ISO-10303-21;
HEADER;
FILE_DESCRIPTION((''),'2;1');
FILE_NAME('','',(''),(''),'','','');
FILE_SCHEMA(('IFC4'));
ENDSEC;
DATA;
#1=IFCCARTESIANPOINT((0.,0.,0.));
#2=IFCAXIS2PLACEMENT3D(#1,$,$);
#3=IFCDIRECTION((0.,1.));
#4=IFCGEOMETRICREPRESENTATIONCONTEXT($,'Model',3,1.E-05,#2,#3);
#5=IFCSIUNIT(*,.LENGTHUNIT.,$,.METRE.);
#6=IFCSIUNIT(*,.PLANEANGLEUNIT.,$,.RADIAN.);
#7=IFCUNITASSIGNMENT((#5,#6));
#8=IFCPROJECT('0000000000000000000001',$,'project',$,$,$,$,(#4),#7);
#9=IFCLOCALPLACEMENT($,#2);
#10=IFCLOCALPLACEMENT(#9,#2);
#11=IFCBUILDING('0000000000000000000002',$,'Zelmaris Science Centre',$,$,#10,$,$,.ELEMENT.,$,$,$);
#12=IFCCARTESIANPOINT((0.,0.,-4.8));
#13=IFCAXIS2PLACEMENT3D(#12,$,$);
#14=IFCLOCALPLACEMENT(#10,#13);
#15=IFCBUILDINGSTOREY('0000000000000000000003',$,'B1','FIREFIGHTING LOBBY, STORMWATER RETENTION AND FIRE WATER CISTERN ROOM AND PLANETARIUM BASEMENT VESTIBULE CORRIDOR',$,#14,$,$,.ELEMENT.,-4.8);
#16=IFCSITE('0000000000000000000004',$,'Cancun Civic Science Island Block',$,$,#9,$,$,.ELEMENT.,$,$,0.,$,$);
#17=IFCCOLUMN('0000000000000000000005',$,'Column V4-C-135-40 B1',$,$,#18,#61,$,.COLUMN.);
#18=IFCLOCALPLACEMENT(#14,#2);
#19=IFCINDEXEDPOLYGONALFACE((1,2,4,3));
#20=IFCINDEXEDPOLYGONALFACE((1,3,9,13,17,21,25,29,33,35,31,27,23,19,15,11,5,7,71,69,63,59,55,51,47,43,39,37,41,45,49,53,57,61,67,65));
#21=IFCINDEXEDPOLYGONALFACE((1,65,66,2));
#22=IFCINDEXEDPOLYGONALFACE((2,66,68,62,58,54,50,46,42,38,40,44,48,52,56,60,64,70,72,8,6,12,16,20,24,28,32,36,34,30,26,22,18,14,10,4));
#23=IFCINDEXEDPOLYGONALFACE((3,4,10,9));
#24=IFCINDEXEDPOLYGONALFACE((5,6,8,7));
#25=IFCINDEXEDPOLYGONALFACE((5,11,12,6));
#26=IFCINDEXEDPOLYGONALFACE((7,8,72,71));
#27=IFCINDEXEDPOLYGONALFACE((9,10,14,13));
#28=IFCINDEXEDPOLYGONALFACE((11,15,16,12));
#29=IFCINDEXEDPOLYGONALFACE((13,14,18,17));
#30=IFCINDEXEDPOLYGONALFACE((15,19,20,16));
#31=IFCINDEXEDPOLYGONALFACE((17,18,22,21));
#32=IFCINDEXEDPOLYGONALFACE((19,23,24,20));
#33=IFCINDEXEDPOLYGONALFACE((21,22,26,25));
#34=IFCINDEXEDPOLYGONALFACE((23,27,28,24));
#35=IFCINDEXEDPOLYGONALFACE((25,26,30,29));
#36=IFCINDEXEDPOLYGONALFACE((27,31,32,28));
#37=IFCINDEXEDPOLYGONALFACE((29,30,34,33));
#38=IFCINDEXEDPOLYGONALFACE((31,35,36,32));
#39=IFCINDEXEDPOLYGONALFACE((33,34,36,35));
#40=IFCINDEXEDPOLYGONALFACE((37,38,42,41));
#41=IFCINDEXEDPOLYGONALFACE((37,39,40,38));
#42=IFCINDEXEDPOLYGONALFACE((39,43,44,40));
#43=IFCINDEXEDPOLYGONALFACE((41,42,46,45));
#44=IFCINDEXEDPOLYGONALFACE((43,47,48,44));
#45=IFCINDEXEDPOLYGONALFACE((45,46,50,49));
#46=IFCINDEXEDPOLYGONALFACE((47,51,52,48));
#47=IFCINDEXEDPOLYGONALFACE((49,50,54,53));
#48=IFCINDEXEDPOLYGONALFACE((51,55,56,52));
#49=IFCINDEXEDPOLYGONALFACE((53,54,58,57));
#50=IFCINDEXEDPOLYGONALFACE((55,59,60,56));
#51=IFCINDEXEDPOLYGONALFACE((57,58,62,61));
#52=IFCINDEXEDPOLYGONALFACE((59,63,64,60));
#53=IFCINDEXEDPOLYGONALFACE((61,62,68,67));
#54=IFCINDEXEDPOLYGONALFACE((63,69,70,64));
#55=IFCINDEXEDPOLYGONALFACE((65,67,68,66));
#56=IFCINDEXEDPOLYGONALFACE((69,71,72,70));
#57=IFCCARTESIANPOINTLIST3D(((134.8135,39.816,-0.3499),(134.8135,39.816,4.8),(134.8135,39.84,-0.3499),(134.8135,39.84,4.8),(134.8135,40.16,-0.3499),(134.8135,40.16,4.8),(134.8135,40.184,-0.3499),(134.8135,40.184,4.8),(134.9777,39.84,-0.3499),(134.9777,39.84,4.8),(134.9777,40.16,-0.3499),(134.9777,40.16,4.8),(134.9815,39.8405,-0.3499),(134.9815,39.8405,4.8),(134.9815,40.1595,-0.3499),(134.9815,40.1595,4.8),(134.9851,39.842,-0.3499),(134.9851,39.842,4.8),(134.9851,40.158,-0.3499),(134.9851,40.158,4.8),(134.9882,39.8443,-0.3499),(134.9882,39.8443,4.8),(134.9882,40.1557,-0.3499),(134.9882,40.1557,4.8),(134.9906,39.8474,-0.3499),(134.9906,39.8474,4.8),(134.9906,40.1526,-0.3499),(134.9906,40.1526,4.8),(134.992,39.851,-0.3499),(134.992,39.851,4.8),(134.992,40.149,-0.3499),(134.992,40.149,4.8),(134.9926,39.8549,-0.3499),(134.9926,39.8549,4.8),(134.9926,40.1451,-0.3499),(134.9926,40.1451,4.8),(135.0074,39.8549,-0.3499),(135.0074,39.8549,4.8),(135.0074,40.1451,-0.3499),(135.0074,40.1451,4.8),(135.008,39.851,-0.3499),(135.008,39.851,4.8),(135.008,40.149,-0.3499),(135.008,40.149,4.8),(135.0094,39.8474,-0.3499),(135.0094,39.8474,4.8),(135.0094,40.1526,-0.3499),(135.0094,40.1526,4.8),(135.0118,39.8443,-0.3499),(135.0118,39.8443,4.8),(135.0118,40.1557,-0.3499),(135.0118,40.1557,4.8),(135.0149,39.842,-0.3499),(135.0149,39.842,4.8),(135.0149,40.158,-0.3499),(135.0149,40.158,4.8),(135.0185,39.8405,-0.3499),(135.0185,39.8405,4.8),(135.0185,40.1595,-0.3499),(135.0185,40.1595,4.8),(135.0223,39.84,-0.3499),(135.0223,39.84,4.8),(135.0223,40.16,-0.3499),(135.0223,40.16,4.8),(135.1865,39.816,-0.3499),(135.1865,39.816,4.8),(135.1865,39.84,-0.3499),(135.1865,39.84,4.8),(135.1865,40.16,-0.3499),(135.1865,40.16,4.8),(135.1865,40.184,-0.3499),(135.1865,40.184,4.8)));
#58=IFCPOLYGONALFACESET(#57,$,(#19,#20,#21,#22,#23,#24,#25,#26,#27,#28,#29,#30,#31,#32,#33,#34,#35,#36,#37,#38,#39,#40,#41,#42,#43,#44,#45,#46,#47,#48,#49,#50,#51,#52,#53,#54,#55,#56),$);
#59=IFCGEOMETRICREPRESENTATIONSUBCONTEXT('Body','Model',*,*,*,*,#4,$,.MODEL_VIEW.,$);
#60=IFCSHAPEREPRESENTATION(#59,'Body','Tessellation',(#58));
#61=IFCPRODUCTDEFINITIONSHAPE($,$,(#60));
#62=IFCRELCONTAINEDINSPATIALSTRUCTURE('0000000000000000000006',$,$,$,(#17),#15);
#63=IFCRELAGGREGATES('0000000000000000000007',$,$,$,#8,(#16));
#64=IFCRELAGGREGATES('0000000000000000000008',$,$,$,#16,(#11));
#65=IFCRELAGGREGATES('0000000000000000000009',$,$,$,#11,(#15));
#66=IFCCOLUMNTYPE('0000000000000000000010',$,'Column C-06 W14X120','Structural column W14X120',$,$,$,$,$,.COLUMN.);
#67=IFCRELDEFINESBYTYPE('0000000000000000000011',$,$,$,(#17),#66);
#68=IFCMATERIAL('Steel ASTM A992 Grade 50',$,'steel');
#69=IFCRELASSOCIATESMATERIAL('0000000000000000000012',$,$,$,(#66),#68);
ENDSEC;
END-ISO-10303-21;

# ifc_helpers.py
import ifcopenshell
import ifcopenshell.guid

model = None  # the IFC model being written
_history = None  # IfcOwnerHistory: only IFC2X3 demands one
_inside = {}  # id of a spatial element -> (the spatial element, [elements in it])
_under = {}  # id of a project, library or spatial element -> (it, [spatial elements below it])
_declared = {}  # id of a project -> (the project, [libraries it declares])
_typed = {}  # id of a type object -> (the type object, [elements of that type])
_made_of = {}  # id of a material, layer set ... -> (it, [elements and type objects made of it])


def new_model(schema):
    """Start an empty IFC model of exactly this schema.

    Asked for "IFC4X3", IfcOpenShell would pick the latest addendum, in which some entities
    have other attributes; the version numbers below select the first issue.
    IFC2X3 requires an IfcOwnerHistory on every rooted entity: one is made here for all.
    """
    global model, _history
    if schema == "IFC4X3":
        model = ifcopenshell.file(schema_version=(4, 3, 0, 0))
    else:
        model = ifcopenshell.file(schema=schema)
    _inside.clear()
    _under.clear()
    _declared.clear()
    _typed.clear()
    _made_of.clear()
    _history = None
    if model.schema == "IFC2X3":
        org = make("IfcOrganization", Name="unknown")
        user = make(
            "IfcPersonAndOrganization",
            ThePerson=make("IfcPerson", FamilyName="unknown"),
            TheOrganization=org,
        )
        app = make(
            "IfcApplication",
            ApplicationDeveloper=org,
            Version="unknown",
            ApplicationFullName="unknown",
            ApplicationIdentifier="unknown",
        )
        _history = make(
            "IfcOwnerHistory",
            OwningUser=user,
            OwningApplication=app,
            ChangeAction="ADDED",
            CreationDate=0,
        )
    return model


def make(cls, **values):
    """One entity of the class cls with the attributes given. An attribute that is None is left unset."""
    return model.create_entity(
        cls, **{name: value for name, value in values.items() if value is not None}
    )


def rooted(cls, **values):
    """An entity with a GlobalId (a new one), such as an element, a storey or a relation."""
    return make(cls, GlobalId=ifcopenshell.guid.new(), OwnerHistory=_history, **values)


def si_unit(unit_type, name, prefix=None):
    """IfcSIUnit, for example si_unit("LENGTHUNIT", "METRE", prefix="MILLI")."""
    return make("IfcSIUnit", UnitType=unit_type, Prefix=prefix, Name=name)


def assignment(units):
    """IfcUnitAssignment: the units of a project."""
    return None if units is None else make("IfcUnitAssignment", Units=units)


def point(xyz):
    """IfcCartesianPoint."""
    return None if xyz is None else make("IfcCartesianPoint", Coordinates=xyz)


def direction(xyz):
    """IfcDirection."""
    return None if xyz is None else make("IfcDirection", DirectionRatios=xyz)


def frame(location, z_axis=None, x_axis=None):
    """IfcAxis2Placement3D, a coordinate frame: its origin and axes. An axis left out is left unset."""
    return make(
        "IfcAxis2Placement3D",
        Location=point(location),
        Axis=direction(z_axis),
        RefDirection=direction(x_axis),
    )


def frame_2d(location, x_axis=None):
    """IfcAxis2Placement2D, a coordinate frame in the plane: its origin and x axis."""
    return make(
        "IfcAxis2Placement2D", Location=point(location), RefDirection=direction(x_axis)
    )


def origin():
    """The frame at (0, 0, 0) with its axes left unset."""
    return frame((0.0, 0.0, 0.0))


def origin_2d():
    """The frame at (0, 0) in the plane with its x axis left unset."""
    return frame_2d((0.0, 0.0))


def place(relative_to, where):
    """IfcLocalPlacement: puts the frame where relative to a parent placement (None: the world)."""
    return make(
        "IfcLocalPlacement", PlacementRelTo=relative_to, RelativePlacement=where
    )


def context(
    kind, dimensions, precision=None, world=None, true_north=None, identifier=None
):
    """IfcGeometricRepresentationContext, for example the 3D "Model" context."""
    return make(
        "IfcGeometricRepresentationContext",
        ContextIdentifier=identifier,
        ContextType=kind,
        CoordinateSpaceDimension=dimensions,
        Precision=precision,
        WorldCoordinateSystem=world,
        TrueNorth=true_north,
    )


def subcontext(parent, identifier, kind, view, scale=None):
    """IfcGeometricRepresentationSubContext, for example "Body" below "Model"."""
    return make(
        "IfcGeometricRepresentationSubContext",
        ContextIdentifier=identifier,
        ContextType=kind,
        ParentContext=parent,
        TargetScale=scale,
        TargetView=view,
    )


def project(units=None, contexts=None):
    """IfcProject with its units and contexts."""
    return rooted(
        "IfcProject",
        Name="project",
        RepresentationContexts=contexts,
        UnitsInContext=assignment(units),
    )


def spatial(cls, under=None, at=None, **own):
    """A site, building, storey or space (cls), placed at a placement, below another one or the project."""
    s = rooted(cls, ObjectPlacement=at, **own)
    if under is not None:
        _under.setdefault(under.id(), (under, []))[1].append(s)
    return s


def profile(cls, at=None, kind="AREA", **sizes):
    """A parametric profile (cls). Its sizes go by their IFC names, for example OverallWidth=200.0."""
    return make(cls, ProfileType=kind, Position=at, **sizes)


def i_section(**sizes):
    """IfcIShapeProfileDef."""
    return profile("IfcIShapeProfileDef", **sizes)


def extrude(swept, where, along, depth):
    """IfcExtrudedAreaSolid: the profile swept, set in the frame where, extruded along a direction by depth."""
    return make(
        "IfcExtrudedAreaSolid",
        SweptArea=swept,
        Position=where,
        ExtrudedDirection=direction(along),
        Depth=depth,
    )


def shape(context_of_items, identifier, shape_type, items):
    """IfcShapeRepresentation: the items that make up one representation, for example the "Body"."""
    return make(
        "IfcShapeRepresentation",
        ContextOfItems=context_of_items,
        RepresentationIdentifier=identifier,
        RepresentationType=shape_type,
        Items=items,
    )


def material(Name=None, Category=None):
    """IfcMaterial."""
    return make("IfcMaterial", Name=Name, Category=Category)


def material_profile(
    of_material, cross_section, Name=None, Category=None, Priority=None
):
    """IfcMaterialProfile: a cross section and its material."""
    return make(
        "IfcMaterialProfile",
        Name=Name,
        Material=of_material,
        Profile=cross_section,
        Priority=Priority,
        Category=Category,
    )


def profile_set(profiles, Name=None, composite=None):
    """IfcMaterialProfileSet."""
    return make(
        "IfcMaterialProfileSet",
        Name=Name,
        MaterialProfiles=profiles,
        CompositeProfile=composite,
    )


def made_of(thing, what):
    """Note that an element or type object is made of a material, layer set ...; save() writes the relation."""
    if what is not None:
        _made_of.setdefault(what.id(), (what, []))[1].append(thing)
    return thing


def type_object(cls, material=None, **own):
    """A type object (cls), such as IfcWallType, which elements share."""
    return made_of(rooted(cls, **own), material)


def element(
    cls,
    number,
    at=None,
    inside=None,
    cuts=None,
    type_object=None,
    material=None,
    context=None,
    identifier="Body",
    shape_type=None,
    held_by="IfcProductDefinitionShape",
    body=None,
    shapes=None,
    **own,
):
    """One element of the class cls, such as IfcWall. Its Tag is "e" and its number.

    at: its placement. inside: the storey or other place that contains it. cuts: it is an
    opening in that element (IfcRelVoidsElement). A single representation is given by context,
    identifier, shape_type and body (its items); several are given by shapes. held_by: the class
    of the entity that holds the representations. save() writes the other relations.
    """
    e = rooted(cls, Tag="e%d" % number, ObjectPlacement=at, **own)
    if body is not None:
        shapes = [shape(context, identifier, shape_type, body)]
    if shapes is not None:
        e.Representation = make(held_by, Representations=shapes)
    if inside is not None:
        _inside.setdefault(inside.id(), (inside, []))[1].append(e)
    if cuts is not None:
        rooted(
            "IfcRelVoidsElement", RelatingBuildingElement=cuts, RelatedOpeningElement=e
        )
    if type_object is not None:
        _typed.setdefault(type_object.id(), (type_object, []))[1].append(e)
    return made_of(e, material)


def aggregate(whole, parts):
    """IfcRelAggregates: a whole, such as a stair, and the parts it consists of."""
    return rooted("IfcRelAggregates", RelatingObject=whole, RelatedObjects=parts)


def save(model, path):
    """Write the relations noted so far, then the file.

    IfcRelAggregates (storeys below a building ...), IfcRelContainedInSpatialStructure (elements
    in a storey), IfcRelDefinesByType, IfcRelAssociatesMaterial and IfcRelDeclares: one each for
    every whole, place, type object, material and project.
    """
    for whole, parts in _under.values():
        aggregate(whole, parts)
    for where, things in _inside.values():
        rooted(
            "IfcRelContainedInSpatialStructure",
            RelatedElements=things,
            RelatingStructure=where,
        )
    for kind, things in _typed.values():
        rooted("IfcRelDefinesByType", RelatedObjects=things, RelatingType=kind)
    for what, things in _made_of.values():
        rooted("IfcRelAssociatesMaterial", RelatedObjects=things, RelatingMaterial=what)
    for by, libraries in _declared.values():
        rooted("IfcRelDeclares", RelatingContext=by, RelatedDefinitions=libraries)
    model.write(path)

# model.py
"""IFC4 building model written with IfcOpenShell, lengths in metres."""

from ifc_helpers import new_model, si_unit, direction, frame, origin, origin_2d, place, context, subcontext, project, spatial, i_section, extrude, material, material_profile, profile_set, type_object, element, save


model = new_model("IFC4")

# Units and contexts
model_context = context("Model", 3, precision=1e-05, world=origin(), true_north=direction((0.0, 1.0)))
body_context = subcontext(model_context, "Body", "Model", "MODEL_VIEW")
ifc_project = project(units=[si_unit("LENGTHUNIT", "METRE"), si_unit("PLANEANGLEUNIT", "RADIAN")], contexts=[model_context])

# Site, building, storey
site_placement = place(None, origin())
site = spatial("IfcSite", under=ifc_project, at=site_placement, Name="Cancun Civic Science Island Block", CompositionType="ELEMENT", RefElevation=0.0)
building_placement = place(site_placement, origin())
building = spatial("IfcBuilding", under=site, at=building_placement, Name="Zelmaris Science Centre", CompositionType="ELEMENT")
storey_placement = place(building_placement, frame((0.0, 0.0, -4.8)))
storey = spatial("IfcBuildingStorey", under=building, at=storey_placement, Name="B1", Description="FIREFIGHTING LOBBY, STORMWATER RETENTION AND FIRE WATER CISTERN ROOM AND PLANETARIUM BASEMENT VESTIBULE CORRIDOR", CompositionType="ELEMENT", Elevation=-4.8)

# Column
ifc_material_1 = material(Name="Steel ASTM A992 Grade 50", Category="steel")
ifc_material_profile_1 = material_profile(ifc_material_1, i_section(OverallWidth=0.373, OverallDepth=0.3679, WebThickness=0.0149, FlangeThickness=0.0239, FilletRadius=0.0149, at=origin_2d()), Name="W14X120")
ifc_profile_set_1 = profile_set([ifc_material_profile_1], Name="Steel ASTM A992 Grade 50")
column_type_1 = type_object("IfcColumnType", Name="Column C-06 W14X120", Description="Structural column W14X120", PredefinedType="COLUMN", material=ifc_profile_set_1)
column_1_placement = place(storey_placement, frame((135.0, 40.0, -0.3499), z_axis=(0.0, 0.0, 1.0), x_axis=(1.0, 0.0, 0.0)))
element("IfcColumn", 1, at=column_1_placement, inside=storey, type_object=column_type_1, Name="Column V4-C-135-40 B1", PredefinedType="COLUMN", context=body_context, shape_type="SweptSolid", body=[
    extrude(i_section(OverallWidth=0.373, OverallDepth=0.3679, WebThickness=0.0149, FlangeThickness=0.0239, FilletRadius=0.0149, at=origin_2d()), origin(), (0.0, 0.0, 1.0), 5.1499),
])

save(model, "model.ifc")
